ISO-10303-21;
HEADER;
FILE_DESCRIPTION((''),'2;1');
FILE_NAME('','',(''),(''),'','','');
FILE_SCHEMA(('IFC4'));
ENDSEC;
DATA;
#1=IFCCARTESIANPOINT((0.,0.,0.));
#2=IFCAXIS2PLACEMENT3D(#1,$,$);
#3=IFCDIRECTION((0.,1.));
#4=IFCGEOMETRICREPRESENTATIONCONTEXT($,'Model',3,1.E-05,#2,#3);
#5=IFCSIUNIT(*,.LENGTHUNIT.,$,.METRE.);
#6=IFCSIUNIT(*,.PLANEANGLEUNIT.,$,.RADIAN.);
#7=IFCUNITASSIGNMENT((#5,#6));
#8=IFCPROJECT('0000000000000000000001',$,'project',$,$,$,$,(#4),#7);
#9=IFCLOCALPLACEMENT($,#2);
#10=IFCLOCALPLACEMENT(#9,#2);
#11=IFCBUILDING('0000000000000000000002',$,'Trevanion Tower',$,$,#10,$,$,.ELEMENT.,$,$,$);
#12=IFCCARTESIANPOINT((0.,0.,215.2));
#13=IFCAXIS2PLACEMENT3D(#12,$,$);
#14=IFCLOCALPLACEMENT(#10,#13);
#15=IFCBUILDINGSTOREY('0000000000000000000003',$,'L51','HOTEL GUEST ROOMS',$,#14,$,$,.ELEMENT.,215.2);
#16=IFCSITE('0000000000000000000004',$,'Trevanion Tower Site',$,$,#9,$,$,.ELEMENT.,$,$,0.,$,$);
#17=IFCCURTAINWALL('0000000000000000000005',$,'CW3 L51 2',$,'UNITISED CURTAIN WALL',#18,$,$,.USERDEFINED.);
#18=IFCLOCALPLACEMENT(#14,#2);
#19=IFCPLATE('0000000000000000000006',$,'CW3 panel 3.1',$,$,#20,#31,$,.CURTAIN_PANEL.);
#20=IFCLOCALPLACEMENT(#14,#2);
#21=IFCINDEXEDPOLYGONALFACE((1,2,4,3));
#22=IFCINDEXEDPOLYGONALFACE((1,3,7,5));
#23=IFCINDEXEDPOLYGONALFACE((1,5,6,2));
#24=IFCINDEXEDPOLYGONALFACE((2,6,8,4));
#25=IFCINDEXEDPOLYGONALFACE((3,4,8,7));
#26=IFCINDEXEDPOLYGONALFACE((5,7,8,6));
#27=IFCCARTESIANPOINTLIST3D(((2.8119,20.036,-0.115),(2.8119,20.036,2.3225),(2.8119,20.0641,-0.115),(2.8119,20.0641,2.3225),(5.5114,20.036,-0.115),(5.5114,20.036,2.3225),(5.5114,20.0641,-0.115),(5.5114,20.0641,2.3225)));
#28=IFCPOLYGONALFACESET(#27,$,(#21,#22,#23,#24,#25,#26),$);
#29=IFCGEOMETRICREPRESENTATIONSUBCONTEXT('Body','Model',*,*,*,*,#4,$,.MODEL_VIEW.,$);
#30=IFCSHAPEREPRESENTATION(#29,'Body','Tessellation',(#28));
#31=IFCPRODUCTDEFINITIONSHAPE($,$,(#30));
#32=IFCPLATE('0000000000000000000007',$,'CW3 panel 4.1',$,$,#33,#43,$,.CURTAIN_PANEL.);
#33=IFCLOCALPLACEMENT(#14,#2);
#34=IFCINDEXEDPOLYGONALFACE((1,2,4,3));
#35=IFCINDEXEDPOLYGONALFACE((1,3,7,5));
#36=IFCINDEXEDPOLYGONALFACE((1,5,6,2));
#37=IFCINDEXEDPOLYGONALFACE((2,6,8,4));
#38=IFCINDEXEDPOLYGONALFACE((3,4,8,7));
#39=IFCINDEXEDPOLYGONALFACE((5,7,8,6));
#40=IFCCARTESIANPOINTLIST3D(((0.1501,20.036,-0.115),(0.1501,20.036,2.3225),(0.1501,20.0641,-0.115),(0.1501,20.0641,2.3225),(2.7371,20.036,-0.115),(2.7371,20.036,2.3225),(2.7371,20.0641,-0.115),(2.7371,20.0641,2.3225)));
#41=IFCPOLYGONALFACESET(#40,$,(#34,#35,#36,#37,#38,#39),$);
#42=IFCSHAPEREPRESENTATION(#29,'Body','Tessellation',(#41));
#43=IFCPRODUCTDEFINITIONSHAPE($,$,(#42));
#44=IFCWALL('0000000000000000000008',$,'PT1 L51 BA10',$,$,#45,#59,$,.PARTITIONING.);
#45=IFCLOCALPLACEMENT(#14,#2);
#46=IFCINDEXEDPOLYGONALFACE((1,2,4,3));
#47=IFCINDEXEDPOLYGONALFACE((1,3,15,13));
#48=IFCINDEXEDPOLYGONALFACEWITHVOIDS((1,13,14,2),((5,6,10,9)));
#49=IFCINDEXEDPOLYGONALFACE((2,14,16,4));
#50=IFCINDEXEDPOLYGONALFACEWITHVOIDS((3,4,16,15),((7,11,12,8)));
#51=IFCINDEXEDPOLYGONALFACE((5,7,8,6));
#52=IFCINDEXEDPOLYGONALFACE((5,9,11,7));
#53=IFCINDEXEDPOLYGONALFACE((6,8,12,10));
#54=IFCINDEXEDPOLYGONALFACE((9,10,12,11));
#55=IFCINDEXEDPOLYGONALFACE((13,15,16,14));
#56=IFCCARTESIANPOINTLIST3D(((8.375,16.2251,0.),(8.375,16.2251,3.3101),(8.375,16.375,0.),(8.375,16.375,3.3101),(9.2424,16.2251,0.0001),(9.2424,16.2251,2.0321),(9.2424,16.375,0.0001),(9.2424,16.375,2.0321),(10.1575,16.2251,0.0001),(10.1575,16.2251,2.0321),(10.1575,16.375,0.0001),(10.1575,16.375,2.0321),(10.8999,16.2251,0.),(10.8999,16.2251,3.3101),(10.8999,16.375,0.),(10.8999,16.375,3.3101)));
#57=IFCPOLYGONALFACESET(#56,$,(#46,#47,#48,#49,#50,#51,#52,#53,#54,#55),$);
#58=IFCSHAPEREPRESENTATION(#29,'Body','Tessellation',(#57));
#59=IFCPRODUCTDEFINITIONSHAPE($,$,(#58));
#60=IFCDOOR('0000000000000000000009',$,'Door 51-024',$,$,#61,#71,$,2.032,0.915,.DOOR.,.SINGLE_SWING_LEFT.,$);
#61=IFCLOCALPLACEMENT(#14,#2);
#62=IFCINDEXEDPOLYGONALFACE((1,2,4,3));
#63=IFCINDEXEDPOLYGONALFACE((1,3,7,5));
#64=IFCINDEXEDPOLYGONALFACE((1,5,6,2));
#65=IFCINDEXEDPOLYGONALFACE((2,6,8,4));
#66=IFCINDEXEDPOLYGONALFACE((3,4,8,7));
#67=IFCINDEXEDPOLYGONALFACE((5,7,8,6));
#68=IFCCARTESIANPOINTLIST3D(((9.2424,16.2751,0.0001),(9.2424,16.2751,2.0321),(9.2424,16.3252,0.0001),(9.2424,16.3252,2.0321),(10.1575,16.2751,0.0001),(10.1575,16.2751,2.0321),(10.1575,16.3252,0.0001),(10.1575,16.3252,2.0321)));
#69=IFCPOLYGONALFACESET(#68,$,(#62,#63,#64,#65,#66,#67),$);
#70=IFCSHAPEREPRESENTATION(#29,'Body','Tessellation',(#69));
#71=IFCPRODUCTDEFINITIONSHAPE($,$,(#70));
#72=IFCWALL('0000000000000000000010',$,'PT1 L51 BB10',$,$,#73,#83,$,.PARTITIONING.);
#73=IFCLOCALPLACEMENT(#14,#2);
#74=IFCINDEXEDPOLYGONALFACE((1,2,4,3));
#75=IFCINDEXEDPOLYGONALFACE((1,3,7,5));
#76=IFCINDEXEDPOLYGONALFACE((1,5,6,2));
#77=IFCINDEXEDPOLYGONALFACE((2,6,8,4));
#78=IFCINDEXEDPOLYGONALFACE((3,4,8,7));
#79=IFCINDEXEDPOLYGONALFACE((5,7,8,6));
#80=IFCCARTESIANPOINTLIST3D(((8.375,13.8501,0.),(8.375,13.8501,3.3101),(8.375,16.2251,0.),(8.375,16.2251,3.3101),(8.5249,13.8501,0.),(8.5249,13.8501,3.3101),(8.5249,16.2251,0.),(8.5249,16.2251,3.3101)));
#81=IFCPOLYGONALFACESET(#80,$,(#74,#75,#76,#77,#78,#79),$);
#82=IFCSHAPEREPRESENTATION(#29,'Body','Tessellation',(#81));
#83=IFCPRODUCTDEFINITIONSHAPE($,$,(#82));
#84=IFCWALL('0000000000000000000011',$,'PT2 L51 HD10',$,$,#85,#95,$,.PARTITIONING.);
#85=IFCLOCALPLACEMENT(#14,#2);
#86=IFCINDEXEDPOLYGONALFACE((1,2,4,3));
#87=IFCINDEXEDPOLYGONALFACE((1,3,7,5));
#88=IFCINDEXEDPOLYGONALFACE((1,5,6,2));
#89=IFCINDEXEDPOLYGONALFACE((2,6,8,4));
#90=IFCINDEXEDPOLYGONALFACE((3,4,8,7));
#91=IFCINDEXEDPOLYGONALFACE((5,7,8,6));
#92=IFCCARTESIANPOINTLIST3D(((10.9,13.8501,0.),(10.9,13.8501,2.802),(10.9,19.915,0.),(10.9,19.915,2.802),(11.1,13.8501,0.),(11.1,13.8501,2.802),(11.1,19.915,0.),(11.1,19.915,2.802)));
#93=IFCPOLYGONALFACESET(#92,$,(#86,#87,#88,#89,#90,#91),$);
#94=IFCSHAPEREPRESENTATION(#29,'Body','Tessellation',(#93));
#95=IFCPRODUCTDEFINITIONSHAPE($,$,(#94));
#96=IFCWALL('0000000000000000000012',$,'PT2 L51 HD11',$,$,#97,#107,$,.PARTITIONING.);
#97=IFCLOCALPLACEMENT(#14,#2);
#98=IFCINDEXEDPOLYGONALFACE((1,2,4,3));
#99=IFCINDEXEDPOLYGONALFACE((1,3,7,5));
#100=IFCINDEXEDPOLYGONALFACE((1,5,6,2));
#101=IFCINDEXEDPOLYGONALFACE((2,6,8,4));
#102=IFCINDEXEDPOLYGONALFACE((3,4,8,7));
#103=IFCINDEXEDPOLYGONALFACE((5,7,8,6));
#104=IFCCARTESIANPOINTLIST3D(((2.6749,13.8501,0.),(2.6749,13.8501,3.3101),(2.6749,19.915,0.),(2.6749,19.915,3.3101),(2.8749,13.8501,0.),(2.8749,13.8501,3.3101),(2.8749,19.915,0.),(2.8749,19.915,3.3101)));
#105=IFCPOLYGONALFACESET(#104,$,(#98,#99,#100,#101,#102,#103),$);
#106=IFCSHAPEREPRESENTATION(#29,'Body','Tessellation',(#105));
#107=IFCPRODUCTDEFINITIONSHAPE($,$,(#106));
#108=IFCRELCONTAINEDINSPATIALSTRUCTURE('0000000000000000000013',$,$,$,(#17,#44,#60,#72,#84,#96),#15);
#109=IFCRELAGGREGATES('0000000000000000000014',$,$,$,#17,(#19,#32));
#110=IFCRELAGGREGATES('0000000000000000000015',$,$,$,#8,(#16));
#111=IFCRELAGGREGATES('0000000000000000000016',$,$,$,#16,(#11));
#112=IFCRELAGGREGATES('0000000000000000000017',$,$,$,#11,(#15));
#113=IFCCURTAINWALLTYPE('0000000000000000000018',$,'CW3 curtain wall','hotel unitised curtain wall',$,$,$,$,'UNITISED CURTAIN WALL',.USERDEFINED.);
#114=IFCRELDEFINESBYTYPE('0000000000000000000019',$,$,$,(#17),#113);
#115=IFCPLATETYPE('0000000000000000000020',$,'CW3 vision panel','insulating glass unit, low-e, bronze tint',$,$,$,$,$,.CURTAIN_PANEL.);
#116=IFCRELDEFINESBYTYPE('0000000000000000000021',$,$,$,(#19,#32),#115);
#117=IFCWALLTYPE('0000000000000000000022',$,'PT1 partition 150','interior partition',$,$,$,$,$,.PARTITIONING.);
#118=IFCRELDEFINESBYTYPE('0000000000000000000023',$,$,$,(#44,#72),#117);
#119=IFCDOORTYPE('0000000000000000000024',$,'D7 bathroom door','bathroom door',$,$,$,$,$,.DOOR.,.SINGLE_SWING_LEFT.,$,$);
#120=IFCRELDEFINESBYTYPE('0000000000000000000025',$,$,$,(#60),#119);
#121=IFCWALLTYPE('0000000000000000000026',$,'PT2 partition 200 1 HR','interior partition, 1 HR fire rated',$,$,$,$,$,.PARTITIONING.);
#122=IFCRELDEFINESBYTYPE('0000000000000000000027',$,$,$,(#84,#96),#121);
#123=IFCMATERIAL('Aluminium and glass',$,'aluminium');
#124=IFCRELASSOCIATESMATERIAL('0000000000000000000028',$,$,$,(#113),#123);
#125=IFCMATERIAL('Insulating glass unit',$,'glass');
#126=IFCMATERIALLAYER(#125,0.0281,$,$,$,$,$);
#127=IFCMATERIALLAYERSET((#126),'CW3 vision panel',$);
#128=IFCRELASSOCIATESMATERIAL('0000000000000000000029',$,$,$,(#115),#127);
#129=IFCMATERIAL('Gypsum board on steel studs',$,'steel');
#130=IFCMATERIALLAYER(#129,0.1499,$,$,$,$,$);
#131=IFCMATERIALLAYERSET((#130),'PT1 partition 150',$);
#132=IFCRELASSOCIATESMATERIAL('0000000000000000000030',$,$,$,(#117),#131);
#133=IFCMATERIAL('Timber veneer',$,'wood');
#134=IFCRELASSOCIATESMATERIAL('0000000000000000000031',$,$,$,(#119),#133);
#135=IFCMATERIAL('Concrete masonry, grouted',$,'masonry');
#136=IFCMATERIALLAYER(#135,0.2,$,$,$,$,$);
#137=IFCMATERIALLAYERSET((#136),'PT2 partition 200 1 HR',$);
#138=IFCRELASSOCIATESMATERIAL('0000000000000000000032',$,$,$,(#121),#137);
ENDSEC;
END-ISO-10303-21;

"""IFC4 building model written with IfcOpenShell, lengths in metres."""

from ifc_helpers import new_model, si_unit, direction, frame, frame_2d, origin, origin_2d, place, context, subcontext, project, spatial, rectangle, extrude, material, layer, layer_set, type_object, element, fill, aggregate, save


model = new_model("IFC4")

# Units and contexts
model_context = context("Model", 3, precision=1e-05, world=origin(), true_north=direction((0.0, 1.0)))
body_context = subcontext(model_context, "Body", "Model", "MODEL_VIEW")
ifc_project = project(units=[si_unit("LENGTHUNIT", "METRE"), si_unit("PLANEANGLEUNIT", "RADIAN")], contexts=[model_context])

# Site, building, storey
site_placement = place(None, origin())
site = spatial("IfcSite", under=ifc_project, at=site_placement, Name="Trevanion Tower Site", CompositionType="ELEMENT", RefElevation=0.0)
building_placement = place(site_placement, origin())
building = spatial("IfcBuilding", under=site, at=building_placement, Name="Trevanion Tower", CompositionType="ELEMENT")
storey_placement = place(building_placement, frame((0.0, 0.0, 215.2)))
storey = spatial("IfcBuildingStorey", under=building, at=storey_placement, Name="L51", Description="HOTEL GUEST ROOMS", CompositionType="ELEMENT", Elevation=215.2)

# Curtain wall
ifc_material_1 = material(Name="Aluminium and glass", Category="aluminium")
curtain_wall_type = type_object("IfcCurtainWallType", Name="CW3 curtain wall", Description="hotel unitised curtain wall", ElementType="UNITISED CURTAIN WALL", PredefinedType="USERDEFINED", material=ifc_material_1)
curtain_wall_placement = place(storey_placement, origin())
curtain_wall = element("IfcCurtainWall", 1, at=curtain_wall_placement, inside=storey, type_object=curtain_wall_type, Name="CW3 L51 2", ObjectType="UNITISED CURTAIN WALL", PredefinedType="USERDEFINED")

# Plates
ifc_material_2 = material(Name="Insulating glass unit", Category="glass")
ifc_layer_1 = layer(ifc_material_2, 0.0281)
ifc_layer_set_1 = layer_set([ifc_layer_1], Name="CW3 vision panel")
plate_type_1 = type_object("IfcPlateType", Name="CW3 vision panel", Description="insulating glass unit, low-e, bronze tint", PredefinedType="CURTAIN_PANEL", material=ifc_layer_set_1)
plate_1_placement = place(storey_placement, frame((4.1616, 20.05, -0.115), z_axis=(0.0, 0.0, 1.0), x_axis=(-1.0, 0.0, 0.0)))
plate_1 = element("IfcPlate", 2, at=plate_1_placement, type_object=plate_type_1, Name="CW3 panel 3.1", PredefinedType="CURTAIN_PANEL", context=body_context, shape_type="SweptSolid", body=[
    extrude(rectangle(XDim=2.6995, YDim=0.0281, at=origin_2d()), origin(), (0.0, 0.0, 1.0), 2.4375),
])
plate_2_placement = place(storey_placement, frame((1.4436, 20.05, -0.115), z_axis=(0.0, 0.0, 1.0), x_axis=(-1.0, 0.0, 0.0)))
plate_2 = element("IfcPlate", 3, at=plate_2_placement, type_object=plate_type_1, Name="CW3 panel 4.1", PredefinedType="CURTAIN_PANEL", context=body_context, shape_type="SweptSolid", body=[
    extrude(rectangle(XDim=2.5869, YDim=0.0281, at=origin_2d()), origin(), (0.0, 0.0, 1.0), 2.4375),
])
aggregate(curtain_wall, [plate_1, plate_2])

# Wall, opening, door
ifc_material_3 = material(Name="Gypsum board on steel studs", Category="steel")
ifc_layer_2 = layer(ifc_material_3, 0.1499)
ifc_layer_set_2 = layer_set([ifc_layer_2], Name="PT1 partition 150")
wall_type_1 = type_object("IfcWallType", Name="PT1 partition 150", Description="interior partition", PredefinedType="PARTITIONING", material=ifc_layer_set_2)
wall_1_placement = place(storey_placement, frame((10.8999, 16.3, 0.0), z_axis=(0.0, 0.0, 1.0), x_axis=(-1.0, 0.0, 0.0)))
wall_1 = element("IfcWall", 4, at=wall_1_placement, inside=storey, type_object=wall_type_1, Name="PT1 L51 BA10", PredefinedType="PARTITIONING", context=body_context, shape_type="SweptSolid", body=[
    extrude(rectangle(XDim=2.5249, YDim=0.1499, at=frame_2d((1.2625, 0.0))), origin(), (0.0, 0.0, 1.0), 3.3101),
])
opening_placement = place(wall_1_placement, frame((0.7424, 0.0, 0.0)))
opening = element("IfcOpeningElement", 5, at=opening_placement, cuts=wall_1, PredefinedType="OPENING", context=body_context, shape_type="SweptSolid", body=[
    extrude(rectangle(XDim=0.915, YDim=2.032, at=frame_2d((0.4575, 1.0161))), frame((0.0, 0.085, 0.0), z_axis=(0.0, -1.0, 0.0), x_axis=(1.0, 0.0, 0.0)), (0.0, 0.0, 1.0), 0.1699),
])
ifc_material_4 = material(Name="Timber veneer", Category="wood")
door_type = type_object("IfcDoorType", Name="D7 bathroom door", Description="bathroom door", OperationType="SINGLE_SWING_LEFT", PredefinedType="DOOR", material=ifc_material_4)
door_placement = place(opening_placement, origin())
door = element("IfcDoor", 6, at=door_placement, inside=storey, type_object=door_type, Name="Door 51-024", OperationType="SINGLE_SWING_LEFT", OverallHeight=2.032, OverallWidth=0.915, PredefinedType="DOOR", context=body_context, shape_type="SweptSolid", body=[
    extrude(rectangle(XDim=0.915, YDim=2.032, at=frame_2d((0.4575, 1.0161))), frame((0.0, 0.0249, 0.0), z_axis=(0.0, -1.0, 0.0), x_axis=(1.0, 0.0, 0.0)), (0.0, 0.0, 1.0), 0.05),
])
fill(opening, door)

# Walls
wall_2_placement = place(storey_placement, frame((8.45, 13.8501, 0.0), z_axis=(0.0, 0.0, 1.0), x_axis=(0.0, 1.0, 0.0)))
element("IfcWall", 7, at=wall_2_placement, inside=storey, type_object=wall_type_1, Name="PT1 L51 BB10", PredefinedType="PARTITIONING", context=body_context, shape_type="SweptSolid", body=[
    extrude(rectangle(XDim=2.375, YDim=0.1499, at=frame_2d((1.1875, 0.0))), origin(), (0.0, 0.0, 1.0), 3.3101),
])
ifc_material_5 = material(Name="Concrete masonry, grouted", Category="masonry")
ifc_layer_3 = layer(ifc_material_5, 0.2)
ifc_layer_set_3 = layer_set([ifc_layer_3], Name="PT2 partition 200 1 HR")
wall_type_2 = type_object("IfcWallType", Name="PT2 partition 200 1 HR", Description="interior partition, 1 HR fire rated", PredefinedType="PARTITIONING", material=ifc_layer_set_3)
wall_3_placement = place(storey_placement, frame((11.0, 13.8501, 0.0), z_axis=(0.0, 0.0, 1.0), x_axis=(0.0, 1.0, 0.0)))
element("IfcWall", 8, at=wall_3_placement, inside=storey, type_object=wall_type_2, Name="PT2 L51 HD10", PredefinedType="PARTITIONING", context=body_context, shape_type="SweptSolid", body=[
    extrude(rectangle(XDim=6.0649, YDim=0.2, at=frame_2d((3.0325, 0.0))), origin(), (0.0, 0.0, 1.0), 2.802),
])
wall_4_placement = place(storey_placement, frame((2.7749, 13.8501, 0.0), z_axis=(0.0, 0.0, 1.0), x_axis=(0.0, 1.0, 0.0)))
element("IfcWall", 9, at=wall_4_placement, inside=storey, type_object=wall_type_2, Name="PT2 L51 HD11", PredefinedType="PARTITIONING", context=body_context, shape_type="SweptSolid", body=[
    extrude(rectangle(XDim=6.0649, YDim=0.2, at=frame_2d((3.0325, 0.0))), origin(), (0.0, 0.0, 1.0), 3.3101),
])

save(model, "model.ifc")
